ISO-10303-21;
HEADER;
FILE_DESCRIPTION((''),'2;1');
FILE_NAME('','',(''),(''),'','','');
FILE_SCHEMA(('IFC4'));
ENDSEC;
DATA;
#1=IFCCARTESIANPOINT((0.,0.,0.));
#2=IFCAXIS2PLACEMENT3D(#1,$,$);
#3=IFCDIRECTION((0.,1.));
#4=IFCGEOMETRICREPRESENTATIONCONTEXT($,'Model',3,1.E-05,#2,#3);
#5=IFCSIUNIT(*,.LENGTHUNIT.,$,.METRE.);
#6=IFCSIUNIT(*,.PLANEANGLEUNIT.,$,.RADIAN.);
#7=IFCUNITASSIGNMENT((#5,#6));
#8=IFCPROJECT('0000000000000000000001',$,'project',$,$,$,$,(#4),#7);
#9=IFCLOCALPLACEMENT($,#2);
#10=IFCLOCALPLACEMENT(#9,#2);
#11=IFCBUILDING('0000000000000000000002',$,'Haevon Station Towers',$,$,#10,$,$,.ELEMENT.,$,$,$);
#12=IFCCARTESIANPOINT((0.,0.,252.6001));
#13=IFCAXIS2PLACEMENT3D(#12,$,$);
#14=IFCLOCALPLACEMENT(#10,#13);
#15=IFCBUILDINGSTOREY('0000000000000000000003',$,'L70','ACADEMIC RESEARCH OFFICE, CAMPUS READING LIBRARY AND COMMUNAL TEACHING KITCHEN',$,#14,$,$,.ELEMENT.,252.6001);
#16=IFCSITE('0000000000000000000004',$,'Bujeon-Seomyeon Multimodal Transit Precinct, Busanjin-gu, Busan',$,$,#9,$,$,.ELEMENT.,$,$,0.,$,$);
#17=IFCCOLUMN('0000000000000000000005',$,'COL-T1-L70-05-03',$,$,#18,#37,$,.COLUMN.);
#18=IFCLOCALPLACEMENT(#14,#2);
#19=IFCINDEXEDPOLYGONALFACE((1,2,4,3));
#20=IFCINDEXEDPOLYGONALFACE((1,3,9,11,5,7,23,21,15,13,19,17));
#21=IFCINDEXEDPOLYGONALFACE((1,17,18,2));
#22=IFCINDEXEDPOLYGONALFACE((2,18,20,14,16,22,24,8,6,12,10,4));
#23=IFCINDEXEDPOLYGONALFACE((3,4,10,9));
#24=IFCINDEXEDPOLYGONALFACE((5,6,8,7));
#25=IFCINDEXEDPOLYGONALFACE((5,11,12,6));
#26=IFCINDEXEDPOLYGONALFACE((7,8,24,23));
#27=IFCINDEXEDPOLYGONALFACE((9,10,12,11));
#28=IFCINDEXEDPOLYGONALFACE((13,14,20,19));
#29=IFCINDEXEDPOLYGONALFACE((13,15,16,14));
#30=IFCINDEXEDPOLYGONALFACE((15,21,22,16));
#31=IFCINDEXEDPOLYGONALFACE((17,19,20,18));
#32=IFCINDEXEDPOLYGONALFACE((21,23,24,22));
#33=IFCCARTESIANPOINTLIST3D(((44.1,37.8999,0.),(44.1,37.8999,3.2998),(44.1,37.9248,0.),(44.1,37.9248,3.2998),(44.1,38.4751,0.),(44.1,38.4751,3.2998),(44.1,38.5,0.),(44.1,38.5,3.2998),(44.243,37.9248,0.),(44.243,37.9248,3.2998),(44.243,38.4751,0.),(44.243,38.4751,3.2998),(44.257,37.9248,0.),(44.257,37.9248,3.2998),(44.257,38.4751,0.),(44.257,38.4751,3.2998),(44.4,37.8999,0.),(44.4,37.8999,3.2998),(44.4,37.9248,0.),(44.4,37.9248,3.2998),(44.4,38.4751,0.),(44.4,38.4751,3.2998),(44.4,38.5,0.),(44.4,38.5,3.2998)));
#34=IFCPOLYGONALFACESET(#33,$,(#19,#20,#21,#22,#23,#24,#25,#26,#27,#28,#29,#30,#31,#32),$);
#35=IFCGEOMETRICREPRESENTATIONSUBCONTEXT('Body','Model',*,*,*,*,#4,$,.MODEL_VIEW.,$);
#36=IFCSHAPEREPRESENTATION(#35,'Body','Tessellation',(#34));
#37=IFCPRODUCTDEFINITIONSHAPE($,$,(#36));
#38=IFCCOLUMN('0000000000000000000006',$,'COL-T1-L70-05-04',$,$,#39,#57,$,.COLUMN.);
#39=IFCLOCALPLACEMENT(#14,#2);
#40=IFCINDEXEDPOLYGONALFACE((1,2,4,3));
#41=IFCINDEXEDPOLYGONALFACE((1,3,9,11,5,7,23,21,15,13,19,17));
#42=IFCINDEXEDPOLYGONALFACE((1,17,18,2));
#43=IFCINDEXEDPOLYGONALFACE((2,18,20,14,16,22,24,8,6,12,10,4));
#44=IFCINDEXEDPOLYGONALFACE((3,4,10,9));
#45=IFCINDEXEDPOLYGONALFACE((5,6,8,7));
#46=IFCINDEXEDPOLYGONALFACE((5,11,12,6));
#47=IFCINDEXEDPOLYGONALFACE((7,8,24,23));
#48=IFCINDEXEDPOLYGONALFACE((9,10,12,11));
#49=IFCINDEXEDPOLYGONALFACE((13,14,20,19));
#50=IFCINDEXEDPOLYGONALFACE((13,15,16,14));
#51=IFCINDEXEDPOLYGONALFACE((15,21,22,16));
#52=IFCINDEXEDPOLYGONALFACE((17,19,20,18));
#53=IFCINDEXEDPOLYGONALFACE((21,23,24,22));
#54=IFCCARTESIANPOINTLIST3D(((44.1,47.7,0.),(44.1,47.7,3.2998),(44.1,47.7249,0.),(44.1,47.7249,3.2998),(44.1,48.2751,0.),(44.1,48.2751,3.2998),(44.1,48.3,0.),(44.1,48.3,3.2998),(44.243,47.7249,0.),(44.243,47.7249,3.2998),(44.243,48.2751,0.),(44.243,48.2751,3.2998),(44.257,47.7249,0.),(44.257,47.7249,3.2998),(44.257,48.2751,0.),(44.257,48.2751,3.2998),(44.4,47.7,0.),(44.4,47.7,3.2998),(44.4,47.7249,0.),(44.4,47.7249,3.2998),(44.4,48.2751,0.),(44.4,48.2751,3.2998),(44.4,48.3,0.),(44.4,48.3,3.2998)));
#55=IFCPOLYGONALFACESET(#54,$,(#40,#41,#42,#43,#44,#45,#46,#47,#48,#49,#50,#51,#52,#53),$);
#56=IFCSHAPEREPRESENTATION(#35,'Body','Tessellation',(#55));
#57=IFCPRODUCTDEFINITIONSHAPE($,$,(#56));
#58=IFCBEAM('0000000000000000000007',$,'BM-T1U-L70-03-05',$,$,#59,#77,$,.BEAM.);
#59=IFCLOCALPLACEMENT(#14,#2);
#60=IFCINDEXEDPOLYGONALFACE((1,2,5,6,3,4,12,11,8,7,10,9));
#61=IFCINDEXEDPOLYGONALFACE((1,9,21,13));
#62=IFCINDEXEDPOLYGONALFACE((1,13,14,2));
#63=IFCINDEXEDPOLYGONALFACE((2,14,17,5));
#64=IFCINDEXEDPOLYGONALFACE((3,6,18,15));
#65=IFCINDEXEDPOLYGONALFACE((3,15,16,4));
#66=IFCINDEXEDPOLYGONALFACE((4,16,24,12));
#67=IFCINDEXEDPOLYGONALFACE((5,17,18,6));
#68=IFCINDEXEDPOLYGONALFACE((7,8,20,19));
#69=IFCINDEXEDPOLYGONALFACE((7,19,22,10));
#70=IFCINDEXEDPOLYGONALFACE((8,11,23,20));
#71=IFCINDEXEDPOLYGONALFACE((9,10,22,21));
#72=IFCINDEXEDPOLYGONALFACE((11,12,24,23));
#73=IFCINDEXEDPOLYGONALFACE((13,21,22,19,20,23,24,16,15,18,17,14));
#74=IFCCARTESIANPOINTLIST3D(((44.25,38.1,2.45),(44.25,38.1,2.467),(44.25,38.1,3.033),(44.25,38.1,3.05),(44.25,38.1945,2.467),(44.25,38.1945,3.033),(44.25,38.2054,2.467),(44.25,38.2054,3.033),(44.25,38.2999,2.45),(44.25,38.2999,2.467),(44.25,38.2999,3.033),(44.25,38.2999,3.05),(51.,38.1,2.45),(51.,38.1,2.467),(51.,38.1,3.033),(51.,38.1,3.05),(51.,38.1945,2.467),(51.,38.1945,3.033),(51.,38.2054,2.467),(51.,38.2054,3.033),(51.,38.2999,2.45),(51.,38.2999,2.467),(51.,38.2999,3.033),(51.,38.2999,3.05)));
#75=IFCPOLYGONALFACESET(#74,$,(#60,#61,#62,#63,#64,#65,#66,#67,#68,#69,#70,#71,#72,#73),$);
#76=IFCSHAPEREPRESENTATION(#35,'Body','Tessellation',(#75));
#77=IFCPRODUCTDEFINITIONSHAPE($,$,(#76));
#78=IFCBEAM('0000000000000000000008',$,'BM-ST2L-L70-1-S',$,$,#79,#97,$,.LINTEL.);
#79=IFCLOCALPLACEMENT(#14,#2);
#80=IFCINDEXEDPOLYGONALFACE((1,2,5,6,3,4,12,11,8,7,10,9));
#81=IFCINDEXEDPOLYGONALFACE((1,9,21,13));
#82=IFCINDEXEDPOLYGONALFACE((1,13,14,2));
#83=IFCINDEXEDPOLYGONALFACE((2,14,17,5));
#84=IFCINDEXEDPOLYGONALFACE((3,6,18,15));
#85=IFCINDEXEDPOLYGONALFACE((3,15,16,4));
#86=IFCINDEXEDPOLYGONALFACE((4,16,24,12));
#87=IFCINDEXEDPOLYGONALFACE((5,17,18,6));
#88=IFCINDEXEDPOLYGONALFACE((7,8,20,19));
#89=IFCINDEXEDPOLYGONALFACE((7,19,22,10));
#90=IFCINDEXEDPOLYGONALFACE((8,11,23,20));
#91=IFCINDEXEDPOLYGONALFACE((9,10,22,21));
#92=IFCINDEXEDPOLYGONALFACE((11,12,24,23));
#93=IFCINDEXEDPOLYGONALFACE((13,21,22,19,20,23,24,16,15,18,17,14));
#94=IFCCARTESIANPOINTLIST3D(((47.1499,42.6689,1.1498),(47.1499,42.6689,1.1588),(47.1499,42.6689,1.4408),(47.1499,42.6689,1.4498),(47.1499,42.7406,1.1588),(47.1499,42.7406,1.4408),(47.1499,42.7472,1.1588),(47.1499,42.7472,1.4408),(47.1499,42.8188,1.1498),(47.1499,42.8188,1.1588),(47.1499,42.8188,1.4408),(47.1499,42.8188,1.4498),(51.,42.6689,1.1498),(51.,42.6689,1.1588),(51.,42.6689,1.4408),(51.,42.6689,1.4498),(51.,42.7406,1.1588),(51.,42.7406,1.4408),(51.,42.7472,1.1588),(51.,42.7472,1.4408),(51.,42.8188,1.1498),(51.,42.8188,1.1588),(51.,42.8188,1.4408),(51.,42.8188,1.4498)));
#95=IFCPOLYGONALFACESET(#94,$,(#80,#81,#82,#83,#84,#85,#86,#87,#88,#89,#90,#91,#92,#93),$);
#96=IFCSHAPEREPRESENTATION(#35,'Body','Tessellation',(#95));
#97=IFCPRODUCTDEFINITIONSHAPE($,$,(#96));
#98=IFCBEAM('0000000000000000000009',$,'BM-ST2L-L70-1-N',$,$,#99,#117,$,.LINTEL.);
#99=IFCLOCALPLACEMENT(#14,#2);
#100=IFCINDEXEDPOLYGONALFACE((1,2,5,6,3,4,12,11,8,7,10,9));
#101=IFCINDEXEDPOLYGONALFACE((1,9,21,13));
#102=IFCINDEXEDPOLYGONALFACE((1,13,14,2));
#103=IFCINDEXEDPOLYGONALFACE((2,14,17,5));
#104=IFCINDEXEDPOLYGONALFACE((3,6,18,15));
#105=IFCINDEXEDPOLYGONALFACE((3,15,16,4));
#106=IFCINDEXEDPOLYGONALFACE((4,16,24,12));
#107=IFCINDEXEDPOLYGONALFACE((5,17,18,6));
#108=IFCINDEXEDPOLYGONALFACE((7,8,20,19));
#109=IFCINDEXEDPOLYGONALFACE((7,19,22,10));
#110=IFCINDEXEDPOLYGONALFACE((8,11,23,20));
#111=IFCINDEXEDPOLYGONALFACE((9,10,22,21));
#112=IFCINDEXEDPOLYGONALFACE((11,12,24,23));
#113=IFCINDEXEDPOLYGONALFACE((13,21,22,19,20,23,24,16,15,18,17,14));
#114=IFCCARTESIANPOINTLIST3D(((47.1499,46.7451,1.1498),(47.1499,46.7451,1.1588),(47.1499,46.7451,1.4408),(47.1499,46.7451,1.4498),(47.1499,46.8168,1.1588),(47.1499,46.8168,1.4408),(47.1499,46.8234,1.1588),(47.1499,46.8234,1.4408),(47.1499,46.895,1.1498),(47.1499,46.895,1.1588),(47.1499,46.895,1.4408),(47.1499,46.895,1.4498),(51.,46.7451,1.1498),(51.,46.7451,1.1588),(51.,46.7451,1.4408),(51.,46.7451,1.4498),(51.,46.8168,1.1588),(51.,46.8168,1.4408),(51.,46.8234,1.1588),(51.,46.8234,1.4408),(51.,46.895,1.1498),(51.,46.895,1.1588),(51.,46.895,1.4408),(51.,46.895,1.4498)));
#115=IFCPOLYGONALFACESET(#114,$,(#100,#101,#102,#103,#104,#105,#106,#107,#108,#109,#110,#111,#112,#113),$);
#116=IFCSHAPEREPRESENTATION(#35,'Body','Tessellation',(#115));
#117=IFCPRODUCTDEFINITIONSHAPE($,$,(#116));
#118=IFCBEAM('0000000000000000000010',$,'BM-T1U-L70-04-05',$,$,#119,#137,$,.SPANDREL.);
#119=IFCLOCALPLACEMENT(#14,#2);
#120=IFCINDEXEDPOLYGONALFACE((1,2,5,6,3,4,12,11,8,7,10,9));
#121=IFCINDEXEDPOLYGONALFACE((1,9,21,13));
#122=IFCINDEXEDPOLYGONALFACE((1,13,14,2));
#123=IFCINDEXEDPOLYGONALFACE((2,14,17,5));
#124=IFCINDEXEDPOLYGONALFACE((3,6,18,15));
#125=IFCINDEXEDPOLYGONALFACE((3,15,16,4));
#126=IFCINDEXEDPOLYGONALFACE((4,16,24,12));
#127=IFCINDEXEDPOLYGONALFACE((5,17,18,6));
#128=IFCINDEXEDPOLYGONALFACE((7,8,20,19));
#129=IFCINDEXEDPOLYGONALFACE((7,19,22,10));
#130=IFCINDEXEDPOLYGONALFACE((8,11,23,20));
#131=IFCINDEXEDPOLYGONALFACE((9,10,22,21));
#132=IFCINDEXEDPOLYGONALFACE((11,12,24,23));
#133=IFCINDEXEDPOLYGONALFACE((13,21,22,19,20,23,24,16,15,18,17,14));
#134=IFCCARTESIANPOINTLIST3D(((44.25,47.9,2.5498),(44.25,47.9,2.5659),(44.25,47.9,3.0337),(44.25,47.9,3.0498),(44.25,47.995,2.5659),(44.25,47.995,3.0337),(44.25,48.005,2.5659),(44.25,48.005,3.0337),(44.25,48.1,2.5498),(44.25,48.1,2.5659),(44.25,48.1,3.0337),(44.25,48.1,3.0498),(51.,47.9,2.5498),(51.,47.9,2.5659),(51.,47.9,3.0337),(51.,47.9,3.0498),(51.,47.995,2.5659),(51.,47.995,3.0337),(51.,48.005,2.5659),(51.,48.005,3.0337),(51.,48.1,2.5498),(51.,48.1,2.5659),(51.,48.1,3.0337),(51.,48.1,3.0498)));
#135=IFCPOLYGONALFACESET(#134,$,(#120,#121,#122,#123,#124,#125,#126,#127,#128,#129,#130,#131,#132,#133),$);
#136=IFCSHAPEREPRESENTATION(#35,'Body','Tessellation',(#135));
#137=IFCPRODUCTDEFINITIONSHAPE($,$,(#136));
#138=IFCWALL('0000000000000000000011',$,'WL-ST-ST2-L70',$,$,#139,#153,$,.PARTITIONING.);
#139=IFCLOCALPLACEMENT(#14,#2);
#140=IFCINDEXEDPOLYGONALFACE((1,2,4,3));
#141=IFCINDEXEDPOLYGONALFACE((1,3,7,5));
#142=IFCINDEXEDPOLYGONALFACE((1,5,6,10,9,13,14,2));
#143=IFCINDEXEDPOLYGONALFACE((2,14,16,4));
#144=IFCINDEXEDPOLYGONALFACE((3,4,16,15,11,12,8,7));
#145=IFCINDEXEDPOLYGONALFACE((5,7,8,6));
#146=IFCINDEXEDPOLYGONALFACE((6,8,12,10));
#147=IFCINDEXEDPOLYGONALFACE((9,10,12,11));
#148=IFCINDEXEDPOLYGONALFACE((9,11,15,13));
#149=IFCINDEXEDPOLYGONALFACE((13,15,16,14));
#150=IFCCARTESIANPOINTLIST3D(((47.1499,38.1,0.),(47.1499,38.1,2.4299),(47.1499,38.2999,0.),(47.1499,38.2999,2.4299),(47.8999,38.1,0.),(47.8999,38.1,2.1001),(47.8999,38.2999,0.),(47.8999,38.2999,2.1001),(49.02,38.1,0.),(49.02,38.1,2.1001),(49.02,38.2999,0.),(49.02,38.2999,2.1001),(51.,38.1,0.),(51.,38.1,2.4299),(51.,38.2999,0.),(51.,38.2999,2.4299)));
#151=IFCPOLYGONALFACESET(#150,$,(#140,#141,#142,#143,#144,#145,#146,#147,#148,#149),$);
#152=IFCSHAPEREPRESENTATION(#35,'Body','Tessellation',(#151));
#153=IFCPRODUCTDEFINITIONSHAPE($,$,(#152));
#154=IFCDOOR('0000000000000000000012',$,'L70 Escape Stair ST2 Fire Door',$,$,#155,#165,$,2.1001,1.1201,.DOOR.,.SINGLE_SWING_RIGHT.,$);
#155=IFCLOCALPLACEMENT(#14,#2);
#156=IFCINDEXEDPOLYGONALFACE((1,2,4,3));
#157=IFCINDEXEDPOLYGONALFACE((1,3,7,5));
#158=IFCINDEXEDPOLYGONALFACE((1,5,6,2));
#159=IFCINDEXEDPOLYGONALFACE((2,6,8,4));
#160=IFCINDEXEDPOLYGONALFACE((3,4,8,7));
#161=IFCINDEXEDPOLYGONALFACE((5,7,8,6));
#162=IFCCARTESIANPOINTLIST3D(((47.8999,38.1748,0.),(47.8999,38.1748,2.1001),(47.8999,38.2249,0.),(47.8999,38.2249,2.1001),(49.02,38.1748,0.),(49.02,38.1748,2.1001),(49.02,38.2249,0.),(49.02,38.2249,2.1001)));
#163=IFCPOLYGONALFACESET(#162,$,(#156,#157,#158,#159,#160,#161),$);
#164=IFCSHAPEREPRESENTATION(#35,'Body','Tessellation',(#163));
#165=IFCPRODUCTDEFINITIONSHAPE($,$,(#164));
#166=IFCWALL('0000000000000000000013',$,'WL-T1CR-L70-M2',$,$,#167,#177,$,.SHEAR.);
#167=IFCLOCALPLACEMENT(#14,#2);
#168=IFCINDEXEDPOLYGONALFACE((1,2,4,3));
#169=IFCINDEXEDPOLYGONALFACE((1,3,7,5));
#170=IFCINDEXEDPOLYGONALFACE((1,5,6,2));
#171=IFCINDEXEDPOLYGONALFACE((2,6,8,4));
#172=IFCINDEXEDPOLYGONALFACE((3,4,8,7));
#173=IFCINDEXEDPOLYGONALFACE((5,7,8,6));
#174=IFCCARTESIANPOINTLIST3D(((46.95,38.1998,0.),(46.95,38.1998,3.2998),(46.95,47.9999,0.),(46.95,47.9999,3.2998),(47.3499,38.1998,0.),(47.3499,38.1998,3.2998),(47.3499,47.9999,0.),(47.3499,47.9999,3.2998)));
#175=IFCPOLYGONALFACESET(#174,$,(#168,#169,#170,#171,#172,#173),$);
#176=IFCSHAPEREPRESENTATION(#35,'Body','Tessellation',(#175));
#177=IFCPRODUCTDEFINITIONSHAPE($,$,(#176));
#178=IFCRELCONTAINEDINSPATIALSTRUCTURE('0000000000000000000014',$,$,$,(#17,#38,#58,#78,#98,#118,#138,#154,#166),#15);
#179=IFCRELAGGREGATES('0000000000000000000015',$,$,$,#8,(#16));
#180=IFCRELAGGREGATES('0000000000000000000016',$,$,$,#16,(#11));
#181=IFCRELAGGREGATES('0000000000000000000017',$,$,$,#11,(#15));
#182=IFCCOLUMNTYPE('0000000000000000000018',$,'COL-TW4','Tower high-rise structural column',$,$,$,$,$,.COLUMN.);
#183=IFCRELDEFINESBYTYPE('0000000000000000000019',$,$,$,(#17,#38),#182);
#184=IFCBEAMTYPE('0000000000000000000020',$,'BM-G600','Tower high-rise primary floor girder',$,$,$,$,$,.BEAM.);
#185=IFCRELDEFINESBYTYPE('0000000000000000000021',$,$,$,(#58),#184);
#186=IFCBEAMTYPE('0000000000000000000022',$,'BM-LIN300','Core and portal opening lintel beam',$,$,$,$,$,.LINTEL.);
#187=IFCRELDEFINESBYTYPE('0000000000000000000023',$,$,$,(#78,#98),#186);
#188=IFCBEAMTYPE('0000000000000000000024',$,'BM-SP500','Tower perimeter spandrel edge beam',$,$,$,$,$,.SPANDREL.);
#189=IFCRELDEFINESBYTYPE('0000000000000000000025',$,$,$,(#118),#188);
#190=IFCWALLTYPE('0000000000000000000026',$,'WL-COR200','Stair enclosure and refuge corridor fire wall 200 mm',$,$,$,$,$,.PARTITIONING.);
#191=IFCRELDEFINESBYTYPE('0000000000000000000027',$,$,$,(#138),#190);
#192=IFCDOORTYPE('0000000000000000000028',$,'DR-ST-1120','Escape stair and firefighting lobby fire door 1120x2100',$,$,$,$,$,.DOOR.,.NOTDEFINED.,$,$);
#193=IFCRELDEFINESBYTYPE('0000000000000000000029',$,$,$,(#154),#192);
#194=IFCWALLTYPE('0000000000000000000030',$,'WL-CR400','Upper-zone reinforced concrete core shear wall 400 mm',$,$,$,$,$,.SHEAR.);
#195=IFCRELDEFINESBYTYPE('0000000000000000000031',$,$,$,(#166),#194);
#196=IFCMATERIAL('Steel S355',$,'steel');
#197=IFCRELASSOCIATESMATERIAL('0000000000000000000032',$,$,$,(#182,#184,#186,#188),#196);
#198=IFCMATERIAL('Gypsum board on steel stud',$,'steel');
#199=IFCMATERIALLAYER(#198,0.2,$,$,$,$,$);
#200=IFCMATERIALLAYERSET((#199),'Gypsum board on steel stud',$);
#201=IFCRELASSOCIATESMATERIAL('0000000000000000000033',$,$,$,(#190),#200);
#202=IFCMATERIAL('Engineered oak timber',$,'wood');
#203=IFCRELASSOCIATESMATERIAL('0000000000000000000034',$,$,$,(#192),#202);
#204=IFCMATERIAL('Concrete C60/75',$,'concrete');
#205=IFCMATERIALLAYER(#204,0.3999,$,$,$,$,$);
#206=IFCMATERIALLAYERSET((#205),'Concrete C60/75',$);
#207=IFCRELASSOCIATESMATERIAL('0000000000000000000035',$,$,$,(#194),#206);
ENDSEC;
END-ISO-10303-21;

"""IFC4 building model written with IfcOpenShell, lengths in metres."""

from ifc_helpers import new_model, si_unit, direction, frame, frame_2d, origin, origin_2d, place, context, subcontext, project, spatial, rectangle, i_section, extrude, material, layer, layer_set, material_profile, profile_set, type_object, element, fill, save


model = new_model("IFC4")

# Units and contexts
model_context = context("Model", 3, precision=1e-05, world=origin(), true_north=direction((0.0, 1.0)))
body_context = subcontext(model_context, "Body", "Model", "MODEL_VIEW")
ifc_project = project(units=[si_unit("LENGTHUNIT", "METRE"), si_unit("PLANEANGLEUNIT", "RADIAN")], contexts=[model_context])

# Site, building, storey
site_placement = place(None, origin())
site = spatial("IfcSite", under=ifc_project, at=site_placement, Name="Bujeon-Seomyeon Multimodal Transit Precinct, Busanjin-gu, Busan", CompositionType="ELEMENT", RefElevation=0.0)
building_placement = place(site_placement, origin())
building = spatial("IfcBuilding", under=site, at=building_placement, Name="Haevon Station Towers", CompositionType="ELEMENT")
storey_placement = place(building_placement, frame((0.0, 0.0, 252.6001)))
storey = spatial("IfcBuildingStorey", under=building, at=storey_placement, Name="L70", Description="ACADEMIC RESEARCH OFFICE, CAMPUS READING LIBRARY AND COMMUNAL TEACHING KITCHEN", CompositionType="ELEMENT", Elevation=252.6001)

# Columns
ifc_material_1 = material(Name="Steel S355", Category="steel")
ifc_material_profile_1 = material_profile(ifc_material_1, i_section(OverallWidth=0.3, OverallDepth=0.6001, WebThickness=0.0139, FlangeThickness=0.0249, at=origin_2d()), Name="H-600x300x14x25")
ifc_profile_set_1 = profile_set([ifc_material_profile_1], Name="Steel S355")
column_type = type_object("IfcColumnType", Name="COL-TW4", Description="Tower high-rise structural column", PredefinedType="COLUMN", material=ifc_profile_set_1)
for number, where, z_axis, x_axis, name in (
    (1, (44.25, 38.2, 0.0), (0.0, 0.0, 1.0), (1.0, 0.0, 0.0), "COL-T1-L70-05-03"),
    (2, (44.25, 48.0, 0.0), (0.0, 0.0, 1.0), (1.0, 0.0, 0.0), "COL-T1-L70-05-04"),
):
    element("IfcColumn", number, at=place(storey_placement, frame(where, z_axis=z_axis, x_axis=x_axis)), inside=storey, type_object=column_type, Name=name, PredefinedType="COLUMN", context=body_context, shape_type="SweptSolid", body=[
        extrude(i_section(OverallWidth=0.3, OverallDepth=0.6001, WebThickness=0.0139, FlangeThickness=0.0249, at=origin_2d()), origin(), (0.0, 0.0, 1.0), 3.2998),
    ])

# Beams
ifc_material_profile_2 = material_profile(ifc_material_1, i_section(OverallWidth=0.2, OverallDepth=0.6001, WebThickness=0.011, FlangeThickness=0.0171, at=origin_2d()), Name="H-600x200x11x17")
ifc_profile_set_2 = profile_set([ifc_material_profile_2], Name="Steel S355")
beam_type_1 = type_object("IfcBeamType", Name="BM-G600", Description="Tower high-rise primary floor girder", PredefinedType="BEAM", material=ifc_profile_set_2)
beam_1_placement = place(storey_placement, frame((44.25, 38.2, 2.75), z_axis=(1.0, 0.0, 0.0), x_axis=(0.0, 1.0, 0.0)))
element("IfcBeam", 3, at=beam_1_placement, inside=storey, type_object=beam_type_1, Name="BM-T1U-L70-03-05", PredefinedType="BEAM", context=body_context, shape_type="SweptSolid", body=[
    extrude(i_section(OverallWidth=0.2, OverallDepth=0.6001, WebThickness=0.011, FlangeThickness=0.0171, at=origin_2d()), origin(), (0.0, 0.0, 1.0), 6.75),
])
ifc_material_profile_3 = material_profile(ifc_material_1, i_section(OverallWidth=0.1499, OverallDepth=0.3, WebThickness=0.0066, FlangeThickness=0.009, at=origin_2d()), Name="H-300x150x6.5x9")
ifc_profile_set_3 = profile_set([ifc_material_profile_3], Name="Steel S355")
beam_type_2 = type_object("IfcBeamType", Name="BM-LIN300", Description="Core and portal opening lintel beam", PredefinedType="LINTEL", material=ifc_profile_set_3)
for number, where, z_axis, x_axis, name in (
    (4, (47.1499, 42.7439, 1.2998), (1.0, 0.0, 0.0), (0.0, 1.0, 0.0), "BM-ST2L-L70-1-S"),
    (5, (47.1499, 46.8201, 1.2998), (1.0, 0.0, 0.0), (0.0, 1.0, 0.0), "BM-ST2L-L70-1-N"),
):
    element("IfcBeam", number, at=place(storey_placement, frame(where, z_axis=z_axis, x_axis=x_axis)), inside=storey, type_object=beam_type_2, Name=name, PredefinedType="LINTEL", context=body_context, shape_type="SweptSolid", body=[
        extrude(i_section(OverallWidth=0.1499, OverallDepth=0.3, WebThickness=0.0066, FlangeThickness=0.009, at=origin_2d()), origin(), (0.0, 0.0, 1.0), 3.8501),
    ])
ifc_material_profile_4 = material_profile(ifc_material_1, i_section(OverallWidth=0.2, OverallDepth=0.5, WebThickness=0.01, FlangeThickness=0.0161, at=origin_2d()), Name="H-500x200x10x16")
ifc_profile_set_4 = profile_set([ifc_material_profile_4], Name="Steel S355")
beam_type_3 = type_object("IfcBeamType", Name="BM-SP500", Description="Tower perimeter spandrel edge beam", PredefinedType="SPANDREL", material=ifc_profile_set_4)
beam_2_placement = place(storey_placement, frame((44.25, 48.0, 2.7998), z_axis=(1.0, 0.0, 0.0), x_axis=(0.0, 1.0, 0.0)))
element("IfcBeam", 6, at=beam_2_placement, inside=storey, type_object=beam_type_3, Name="BM-T1U-L70-04-05", PredefinedType="SPANDREL", context=body_context, shape_type="SweptSolid", body=[
    extrude(i_section(OverallWidth=0.2, OverallDepth=0.5, WebThickness=0.01, FlangeThickness=0.0161, at=origin_2d()), origin(), (0.0, 0.0, 1.0), 6.75),
])

# Wall, opening, door
ifc_material_2 = material(Name="Gypsum board on steel stud", Category="steel")
ifc_layer_1 = layer(ifc_material_2, 0.2)
ifc_layer_set_1 = layer_set([ifc_layer_1], Name="Gypsum board on steel stud")
wall_type_1 = type_object("IfcWallType", Name="WL-COR200", Description="Stair enclosure and refuge corridor fire wall 200 mm", PredefinedType="PARTITIONING", material=ifc_layer_set_1)
wall_1_placement = place(storey_placement, frame((47.1499, 38.2, 0.0), z_axis=(0.0, 0.0, 1.0), x_axis=(1.0, 0.0, 0.0)))
wall_1 = element("IfcWall", 7, at=wall_1_placement, inside=storey, type_object=wall_type_1, Name="WL-ST-ST2-L70", PredefinedType="PARTITIONING", context=body_context, shape_type="SweptSolid", body=[
    extrude(rectangle(XDim=3.8501, YDim=0.2, at=frame_2d((1.925, 0.0))), origin(), (0.0, 0.0, 1.0), 2.4299),
])
opening_1_placement = place(wall_1_placement, frame((0.75, 0.0, 0.0)))
opening_1 = element("IfcOpeningElement", 8, at=opening_1_placement, cuts=wall_1, PredefinedType="OPENING", context=body_context, shape_type="SweptSolid", body=[
    extrude(rectangle(XDim=1.1201, YDim=2.1001, at=frame_2d((0.5601, 1.05))), frame((0.0, 0.1099, 0.0), z_axis=(0.0, -1.0, 0.0), x_axis=(1.0, 0.0, 0.0)), (0.0, 0.0, 1.0), 0.22),
])
ifc_material_3 = material(Name="Engineered oak timber", Category="wood")
door_type_1 = type_object("IfcDoorType", Name="DR-ST-1120", Description="Escape stair and firefighting lobby fire door 1120x2100", OperationType="NOTDEFINED", PredefinedType="DOOR", material=ifc_material_3)
door_1_placement = place(opening_1_placement, origin())
door_1 = element("IfcDoor", 9, at=door_1_placement, inside=storey, type_object=door_type_1, Name="L70 Escape Stair ST2 Fire Door", OperationType="SINGLE_SWING_RIGHT", OverallHeight=2.1001, OverallWidth=1.1201, PredefinedType="DOOR", context=body_context, shape_type="SweptSolid", body=[
    extrude(rectangle(XDim=1.1201, YDim=2.1001, at=frame_2d((0.5601, 1.05))), frame((0.0, 0.0249, 0.0), z_axis=(0.0, -1.0, 0.0), x_axis=(1.0, 0.0, 0.0)), (0.0, 0.0, 1.0), 0.05),
])
fill(opening_1, door_1)

# Wall
ifc_material_4 = material(Name="Concrete C60/75", Category="concrete")
ifc_layer_2 = layer(ifc_material_4, 0.3999)
ifc_layer_set_2 = layer_set([ifc_layer_2], Name="Concrete C60/75")
wall_type_2 = type_object("IfcWallType", Name="WL-CR400", Description="Upper-zone reinforced concrete core shear wall 400 mm", PredefinedType="SHEAR", material=ifc_layer_set_2)
wall_2_placement = place(storey_placement, frame((47.1499, 38.2, 0.0), z_axis=(0.0, 0.0, 1.0), x_axis=(0.0, 1.0, 0.0)))
element("IfcWall", 10, at=wall_2_placement, inside=storey, type_object=wall_type_2, Name="WL-T1CR-L70-M2", PredefinedType="SHEAR", context=body_context, shape_type="SweptSolid", body=[
    extrude(rectangle(XDim=9.8, YDim=0.3999, at=frame_2d((4.8999, 0.0))), origin(), (0.0, 0.0, 1.0), 3.2998),
])

save(model, "model.ifc")
